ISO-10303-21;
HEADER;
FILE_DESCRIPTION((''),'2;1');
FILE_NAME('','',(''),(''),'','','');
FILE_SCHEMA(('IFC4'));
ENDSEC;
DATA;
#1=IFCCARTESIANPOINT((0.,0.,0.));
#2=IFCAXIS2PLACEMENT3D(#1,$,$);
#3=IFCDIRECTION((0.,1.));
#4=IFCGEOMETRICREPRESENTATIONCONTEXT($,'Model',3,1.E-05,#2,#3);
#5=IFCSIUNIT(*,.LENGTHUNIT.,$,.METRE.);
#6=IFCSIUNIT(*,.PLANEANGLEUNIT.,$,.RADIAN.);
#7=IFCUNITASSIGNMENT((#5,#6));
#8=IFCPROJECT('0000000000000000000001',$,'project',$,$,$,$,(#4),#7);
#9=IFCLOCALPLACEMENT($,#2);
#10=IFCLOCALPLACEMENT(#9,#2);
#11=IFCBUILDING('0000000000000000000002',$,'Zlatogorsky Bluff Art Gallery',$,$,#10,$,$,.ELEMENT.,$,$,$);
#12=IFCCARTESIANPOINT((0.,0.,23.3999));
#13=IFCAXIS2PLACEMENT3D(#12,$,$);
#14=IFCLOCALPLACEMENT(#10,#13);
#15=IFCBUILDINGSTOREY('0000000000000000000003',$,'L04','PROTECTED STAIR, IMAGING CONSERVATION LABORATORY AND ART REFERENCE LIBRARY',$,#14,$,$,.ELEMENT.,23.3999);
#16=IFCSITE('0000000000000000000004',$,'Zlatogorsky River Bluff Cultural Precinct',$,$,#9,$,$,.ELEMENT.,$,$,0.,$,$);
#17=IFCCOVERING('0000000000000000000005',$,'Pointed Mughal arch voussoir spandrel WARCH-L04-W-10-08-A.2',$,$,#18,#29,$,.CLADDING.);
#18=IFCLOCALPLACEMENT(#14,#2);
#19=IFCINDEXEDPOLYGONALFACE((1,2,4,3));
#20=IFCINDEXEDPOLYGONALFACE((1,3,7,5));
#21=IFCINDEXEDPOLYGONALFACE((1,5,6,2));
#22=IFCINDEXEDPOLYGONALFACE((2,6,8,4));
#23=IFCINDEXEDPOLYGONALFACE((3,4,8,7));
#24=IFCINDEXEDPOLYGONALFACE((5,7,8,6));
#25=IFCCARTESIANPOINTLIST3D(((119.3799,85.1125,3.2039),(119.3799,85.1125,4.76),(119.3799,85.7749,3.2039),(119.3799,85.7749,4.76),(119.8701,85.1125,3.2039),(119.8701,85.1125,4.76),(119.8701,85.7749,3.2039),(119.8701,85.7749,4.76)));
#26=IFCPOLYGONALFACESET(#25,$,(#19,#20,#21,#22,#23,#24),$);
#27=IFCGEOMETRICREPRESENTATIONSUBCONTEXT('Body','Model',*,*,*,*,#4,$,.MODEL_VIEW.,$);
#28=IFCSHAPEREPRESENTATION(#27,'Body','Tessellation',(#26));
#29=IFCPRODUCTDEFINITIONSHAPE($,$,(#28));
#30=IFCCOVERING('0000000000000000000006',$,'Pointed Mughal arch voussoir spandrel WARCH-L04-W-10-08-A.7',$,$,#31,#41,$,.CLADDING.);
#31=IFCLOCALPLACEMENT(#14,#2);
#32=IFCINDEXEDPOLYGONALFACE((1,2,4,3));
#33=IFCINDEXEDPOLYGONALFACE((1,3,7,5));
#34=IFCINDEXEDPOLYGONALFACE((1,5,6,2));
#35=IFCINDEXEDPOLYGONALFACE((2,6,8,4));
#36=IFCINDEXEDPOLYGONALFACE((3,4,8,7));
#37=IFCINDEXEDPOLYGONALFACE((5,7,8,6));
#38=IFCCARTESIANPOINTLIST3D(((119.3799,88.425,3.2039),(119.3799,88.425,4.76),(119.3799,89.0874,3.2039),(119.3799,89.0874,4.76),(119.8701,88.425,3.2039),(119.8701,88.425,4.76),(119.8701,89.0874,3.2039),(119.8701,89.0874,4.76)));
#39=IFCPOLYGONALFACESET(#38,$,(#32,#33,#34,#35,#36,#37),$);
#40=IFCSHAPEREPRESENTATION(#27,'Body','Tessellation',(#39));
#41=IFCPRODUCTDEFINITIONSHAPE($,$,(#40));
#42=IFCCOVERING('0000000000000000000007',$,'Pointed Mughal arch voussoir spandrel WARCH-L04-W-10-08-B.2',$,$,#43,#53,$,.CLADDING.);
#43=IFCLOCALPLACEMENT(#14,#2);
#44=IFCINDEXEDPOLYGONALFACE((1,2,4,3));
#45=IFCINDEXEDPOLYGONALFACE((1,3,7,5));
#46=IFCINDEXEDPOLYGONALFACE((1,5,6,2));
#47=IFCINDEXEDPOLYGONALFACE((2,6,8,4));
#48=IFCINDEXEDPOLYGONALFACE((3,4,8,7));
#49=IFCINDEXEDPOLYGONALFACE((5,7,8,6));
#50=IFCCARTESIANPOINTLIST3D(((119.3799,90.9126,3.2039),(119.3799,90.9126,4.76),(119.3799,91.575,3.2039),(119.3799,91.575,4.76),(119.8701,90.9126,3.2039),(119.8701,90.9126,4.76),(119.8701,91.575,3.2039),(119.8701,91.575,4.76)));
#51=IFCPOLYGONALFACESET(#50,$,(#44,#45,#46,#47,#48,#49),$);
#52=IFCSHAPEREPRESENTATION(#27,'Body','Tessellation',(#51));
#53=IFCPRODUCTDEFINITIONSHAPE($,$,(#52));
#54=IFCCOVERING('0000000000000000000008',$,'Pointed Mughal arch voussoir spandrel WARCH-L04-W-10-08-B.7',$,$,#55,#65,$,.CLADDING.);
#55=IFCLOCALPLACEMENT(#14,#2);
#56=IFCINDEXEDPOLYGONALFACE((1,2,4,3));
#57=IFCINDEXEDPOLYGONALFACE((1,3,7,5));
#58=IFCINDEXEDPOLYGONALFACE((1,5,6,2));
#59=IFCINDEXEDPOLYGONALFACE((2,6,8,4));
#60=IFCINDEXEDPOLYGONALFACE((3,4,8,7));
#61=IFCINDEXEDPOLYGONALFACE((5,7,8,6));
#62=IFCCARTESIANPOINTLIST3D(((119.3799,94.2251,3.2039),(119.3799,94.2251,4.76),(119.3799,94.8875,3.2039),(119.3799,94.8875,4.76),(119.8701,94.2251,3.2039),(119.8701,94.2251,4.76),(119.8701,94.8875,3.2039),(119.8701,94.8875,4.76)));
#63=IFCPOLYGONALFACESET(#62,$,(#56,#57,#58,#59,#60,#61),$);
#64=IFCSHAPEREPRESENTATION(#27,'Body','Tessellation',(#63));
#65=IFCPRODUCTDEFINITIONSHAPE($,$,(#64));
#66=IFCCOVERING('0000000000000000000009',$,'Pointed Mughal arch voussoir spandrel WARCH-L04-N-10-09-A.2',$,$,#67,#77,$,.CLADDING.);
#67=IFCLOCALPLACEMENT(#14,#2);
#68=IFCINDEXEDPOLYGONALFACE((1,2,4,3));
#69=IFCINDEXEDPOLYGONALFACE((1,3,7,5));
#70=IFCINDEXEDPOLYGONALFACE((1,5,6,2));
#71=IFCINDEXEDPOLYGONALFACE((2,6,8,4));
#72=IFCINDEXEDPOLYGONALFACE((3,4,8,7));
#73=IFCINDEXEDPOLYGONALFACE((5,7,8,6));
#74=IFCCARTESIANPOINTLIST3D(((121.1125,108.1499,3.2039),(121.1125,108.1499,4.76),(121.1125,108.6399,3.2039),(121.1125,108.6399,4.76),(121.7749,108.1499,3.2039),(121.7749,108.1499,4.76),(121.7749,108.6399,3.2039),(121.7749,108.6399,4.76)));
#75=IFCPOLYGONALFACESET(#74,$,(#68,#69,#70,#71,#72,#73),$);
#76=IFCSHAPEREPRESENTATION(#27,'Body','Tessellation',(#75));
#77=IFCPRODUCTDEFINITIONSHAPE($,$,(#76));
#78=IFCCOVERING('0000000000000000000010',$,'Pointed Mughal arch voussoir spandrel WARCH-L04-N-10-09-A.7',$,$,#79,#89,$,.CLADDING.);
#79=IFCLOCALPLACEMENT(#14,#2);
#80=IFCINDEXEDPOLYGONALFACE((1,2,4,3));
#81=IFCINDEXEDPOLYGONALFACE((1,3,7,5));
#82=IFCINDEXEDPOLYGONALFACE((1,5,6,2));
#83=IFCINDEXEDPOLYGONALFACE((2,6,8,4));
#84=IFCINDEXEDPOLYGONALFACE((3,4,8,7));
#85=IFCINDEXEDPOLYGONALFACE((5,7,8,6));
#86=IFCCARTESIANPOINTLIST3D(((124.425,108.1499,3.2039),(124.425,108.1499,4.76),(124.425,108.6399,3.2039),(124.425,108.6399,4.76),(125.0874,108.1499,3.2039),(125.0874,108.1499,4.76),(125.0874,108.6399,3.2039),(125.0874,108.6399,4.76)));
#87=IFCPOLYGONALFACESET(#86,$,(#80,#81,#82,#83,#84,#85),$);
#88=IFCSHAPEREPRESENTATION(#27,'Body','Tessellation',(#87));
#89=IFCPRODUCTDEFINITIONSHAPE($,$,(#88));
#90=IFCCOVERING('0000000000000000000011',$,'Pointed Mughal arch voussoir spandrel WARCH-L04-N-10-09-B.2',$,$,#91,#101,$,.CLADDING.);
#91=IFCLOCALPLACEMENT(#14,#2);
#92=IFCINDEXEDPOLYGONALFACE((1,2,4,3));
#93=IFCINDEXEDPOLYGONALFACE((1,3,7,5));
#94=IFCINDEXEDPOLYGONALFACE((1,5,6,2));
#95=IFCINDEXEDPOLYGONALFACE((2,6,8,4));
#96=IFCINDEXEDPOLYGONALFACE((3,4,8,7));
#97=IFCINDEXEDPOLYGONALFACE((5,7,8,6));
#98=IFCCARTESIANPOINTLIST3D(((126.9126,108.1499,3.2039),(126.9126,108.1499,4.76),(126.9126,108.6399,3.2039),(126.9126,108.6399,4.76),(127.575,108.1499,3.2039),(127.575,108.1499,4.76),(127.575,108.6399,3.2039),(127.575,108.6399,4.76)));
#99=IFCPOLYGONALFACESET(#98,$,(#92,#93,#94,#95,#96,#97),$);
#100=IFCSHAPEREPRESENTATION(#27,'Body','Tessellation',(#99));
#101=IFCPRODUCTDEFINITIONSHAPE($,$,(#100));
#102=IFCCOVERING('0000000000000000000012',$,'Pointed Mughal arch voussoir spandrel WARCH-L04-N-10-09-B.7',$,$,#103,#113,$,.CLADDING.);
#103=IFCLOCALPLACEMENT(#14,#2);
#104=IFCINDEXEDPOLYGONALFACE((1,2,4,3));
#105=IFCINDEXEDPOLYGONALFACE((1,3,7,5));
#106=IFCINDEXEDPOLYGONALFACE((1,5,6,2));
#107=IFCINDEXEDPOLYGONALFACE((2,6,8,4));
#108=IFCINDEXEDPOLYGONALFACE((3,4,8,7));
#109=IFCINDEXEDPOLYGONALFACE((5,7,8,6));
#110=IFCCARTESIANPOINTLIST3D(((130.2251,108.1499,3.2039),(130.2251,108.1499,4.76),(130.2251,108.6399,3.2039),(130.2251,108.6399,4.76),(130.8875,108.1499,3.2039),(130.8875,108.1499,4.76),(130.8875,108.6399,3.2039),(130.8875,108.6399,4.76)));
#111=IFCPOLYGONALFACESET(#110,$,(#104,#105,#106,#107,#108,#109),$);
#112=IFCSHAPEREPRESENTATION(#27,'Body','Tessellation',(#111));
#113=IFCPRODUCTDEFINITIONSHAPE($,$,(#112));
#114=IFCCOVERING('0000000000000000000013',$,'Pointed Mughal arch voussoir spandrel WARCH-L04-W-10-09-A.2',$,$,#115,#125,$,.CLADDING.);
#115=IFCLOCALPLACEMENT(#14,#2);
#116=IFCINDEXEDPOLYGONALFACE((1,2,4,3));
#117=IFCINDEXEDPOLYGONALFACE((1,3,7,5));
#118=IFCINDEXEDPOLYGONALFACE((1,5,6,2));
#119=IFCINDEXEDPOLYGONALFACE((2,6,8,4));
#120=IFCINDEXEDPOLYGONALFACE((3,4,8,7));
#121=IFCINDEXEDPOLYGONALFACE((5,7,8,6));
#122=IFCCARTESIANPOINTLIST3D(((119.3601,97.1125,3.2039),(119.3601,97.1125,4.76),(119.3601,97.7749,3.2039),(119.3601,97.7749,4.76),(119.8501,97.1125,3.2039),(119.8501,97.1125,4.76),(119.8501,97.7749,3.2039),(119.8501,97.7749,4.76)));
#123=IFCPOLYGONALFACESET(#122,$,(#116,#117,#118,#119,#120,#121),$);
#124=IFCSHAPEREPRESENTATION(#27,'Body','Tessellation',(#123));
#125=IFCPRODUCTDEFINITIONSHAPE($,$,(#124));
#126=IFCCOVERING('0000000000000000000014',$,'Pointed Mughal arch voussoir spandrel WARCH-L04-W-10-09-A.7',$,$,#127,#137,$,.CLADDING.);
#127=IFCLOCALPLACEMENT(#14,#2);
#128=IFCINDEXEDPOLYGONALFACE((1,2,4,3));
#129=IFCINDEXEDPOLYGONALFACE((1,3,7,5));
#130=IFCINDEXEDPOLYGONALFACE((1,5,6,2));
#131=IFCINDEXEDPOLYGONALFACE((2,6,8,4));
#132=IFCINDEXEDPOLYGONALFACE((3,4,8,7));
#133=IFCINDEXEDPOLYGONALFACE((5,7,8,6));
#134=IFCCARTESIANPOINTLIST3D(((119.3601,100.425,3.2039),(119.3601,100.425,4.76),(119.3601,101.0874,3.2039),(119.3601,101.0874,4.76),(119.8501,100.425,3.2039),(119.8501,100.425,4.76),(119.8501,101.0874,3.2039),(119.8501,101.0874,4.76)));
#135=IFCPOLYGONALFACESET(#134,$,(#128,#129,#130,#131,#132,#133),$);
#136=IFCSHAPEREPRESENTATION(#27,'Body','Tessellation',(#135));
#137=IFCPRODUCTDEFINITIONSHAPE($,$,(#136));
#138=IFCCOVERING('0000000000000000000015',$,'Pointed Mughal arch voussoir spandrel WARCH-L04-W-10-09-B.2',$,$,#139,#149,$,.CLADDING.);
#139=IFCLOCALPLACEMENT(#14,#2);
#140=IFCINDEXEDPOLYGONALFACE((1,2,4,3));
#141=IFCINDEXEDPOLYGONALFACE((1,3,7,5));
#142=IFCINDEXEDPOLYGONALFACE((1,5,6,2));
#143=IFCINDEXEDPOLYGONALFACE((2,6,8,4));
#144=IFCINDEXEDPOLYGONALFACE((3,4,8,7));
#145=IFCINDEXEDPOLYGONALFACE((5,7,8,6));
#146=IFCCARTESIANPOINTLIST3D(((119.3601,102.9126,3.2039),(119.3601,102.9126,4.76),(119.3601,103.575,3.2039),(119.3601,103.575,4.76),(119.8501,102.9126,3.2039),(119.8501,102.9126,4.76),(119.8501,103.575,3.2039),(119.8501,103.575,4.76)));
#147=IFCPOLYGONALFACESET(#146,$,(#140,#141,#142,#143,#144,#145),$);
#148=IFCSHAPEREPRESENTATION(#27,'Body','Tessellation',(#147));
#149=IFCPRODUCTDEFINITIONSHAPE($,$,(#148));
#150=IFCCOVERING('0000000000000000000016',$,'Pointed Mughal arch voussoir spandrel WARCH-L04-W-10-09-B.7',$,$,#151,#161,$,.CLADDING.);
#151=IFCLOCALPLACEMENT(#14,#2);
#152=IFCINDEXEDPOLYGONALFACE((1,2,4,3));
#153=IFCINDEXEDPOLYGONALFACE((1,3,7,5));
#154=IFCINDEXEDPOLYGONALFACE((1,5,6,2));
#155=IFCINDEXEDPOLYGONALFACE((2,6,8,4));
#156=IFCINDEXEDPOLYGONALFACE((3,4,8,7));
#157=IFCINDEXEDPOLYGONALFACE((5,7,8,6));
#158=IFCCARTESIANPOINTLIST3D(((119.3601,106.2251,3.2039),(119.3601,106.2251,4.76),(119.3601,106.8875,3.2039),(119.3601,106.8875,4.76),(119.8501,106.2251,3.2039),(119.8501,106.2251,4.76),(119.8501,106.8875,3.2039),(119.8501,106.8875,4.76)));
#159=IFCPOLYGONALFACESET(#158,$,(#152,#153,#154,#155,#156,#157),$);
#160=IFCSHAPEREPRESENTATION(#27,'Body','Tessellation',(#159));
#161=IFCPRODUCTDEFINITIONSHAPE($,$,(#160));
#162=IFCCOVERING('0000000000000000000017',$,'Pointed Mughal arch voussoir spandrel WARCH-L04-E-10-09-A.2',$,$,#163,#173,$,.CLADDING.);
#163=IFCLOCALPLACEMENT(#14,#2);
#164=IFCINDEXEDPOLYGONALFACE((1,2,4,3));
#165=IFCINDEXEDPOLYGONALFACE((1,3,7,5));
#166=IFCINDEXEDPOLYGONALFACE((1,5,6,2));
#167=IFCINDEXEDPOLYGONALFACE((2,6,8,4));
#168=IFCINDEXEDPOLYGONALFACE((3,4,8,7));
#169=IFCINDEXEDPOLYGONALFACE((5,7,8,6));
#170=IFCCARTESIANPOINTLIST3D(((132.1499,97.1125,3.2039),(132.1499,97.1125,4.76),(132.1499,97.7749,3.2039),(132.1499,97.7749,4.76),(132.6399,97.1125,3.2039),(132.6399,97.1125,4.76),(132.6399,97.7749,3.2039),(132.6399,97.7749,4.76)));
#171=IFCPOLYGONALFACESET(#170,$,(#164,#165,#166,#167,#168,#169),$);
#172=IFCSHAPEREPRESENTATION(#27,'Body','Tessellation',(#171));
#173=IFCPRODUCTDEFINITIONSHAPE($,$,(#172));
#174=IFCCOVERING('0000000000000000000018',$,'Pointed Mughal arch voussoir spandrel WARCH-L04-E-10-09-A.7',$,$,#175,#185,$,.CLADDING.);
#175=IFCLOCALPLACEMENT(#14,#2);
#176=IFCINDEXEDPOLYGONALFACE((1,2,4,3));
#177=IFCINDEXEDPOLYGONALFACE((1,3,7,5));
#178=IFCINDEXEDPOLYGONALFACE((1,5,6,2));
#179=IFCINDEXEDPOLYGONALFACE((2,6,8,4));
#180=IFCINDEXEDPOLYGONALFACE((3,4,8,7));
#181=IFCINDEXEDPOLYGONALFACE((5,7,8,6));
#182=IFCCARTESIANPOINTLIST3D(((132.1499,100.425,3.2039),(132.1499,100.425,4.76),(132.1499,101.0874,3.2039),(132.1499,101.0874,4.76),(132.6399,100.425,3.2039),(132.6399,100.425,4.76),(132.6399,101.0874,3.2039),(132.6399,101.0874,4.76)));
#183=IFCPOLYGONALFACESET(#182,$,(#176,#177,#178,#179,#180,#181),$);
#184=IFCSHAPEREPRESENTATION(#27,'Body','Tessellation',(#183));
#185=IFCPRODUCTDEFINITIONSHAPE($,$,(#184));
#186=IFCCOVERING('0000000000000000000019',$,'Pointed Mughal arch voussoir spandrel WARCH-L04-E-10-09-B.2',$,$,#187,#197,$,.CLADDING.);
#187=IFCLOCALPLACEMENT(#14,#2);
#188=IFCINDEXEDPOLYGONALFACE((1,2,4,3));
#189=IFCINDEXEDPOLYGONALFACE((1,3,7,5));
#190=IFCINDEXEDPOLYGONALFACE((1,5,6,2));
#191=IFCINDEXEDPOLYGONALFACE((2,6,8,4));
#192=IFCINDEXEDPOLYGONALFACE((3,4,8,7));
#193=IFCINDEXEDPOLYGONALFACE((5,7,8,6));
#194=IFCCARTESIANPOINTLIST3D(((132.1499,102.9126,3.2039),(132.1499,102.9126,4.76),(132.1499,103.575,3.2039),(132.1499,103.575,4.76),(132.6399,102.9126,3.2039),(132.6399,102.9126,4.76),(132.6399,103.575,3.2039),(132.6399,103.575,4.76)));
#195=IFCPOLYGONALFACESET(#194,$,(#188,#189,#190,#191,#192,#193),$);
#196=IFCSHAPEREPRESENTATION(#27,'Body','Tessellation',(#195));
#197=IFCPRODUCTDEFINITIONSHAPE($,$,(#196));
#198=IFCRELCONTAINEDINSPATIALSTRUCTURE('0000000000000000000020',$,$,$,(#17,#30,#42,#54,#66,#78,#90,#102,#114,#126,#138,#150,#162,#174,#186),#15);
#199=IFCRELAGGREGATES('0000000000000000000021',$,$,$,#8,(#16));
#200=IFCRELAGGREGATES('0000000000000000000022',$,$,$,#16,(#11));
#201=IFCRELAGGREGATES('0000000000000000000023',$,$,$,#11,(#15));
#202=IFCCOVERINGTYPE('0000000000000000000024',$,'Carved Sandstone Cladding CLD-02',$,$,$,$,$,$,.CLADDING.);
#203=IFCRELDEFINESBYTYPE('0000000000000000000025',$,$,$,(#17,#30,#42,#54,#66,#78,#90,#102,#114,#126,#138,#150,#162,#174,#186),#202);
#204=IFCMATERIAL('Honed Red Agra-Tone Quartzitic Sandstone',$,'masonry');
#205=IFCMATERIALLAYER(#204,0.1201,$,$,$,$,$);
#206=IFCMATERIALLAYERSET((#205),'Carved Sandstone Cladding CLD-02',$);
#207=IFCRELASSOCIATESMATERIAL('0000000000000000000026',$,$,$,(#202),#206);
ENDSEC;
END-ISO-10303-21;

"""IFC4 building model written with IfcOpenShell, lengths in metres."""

from ifc_helpers import new_model, si_unit, direction, frame, origin, place, context, subcontext, project, spatial, polyline, outline, extrude, material, layer, layer_set, type_object, element, save


model = new_model("IFC4")

# Units and contexts
model_context = context("Model", 3, precision=1e-05, world=origin(), true_north=direction((0.0, 1.0)))
body_context = subcontext(model_context, "Body", "Model", "MODEL_VIEW")
ifc_project = project(units=[si_unit("LENGTHUNIT", "METRE"), si_unit("PLANEANGLEUNIT", "RADIAN")], contexts=[model_context])

# Site, building, storey
site_placement = place(None, origin())
site = spatial("IfcSite", under=ifc_project, at=site_placement, Name="Zlatogorsky River Bluff Cultural Precinct", CompositionType="ELEMENT", RefElevation=0.0)
building_placement = place(site_placement, origin())
building = spatial("IfcBuilding", under=site, at=building_placement, Name="Zlatogorsky Bluff Art Gallery", CompositionType="ELEMENT")
storey_placement = place(building_placement, frame((0.0, 0.0, 23.3999)))
storey = spatial("IfcBuildingStorey", under=building, at=storey_placement, Name="L04", Description="PROTECTED STAIR, IMAGING CONSERVATION LABORATORY AND ART REFERENCE LIBRARY", CompositionType="ELEMENT", Elevation=23.3999)

# Coverings
ifc_material = material(Name="Honed Red Agra-Tone Quartzitic Sandstone", Category="masonry")
ifc_layer = layer(ifc_material, 0.1201)
ifc_layer_set = layer_set([ifc_layer], Name="Carved Sandstone Cladding CLD-02")
covering_type = type_object("IfcCoveringType", Name="Carved Sandstone Cladding CLD-02", PredefinedType="CLADDING", material=ifc_layer_set)
covering_1_placement = place(storey_placement, frame((0.0, 0.0, 3.2039)))
element("IfcCovering", 1, at=covering_1_placement, inside=storey, type_object=covering_type, Name="Pointed Mughal arch voussoir spandrel WARCH-L04-W-10-08-A.2", PredefinedType="CLADDING", context=body_context, shape_type="SweptSolid", body=[
    extrude(outline(polyline([(119.3799, 85.1125), (119.3799, 85.7749), (119.8701, 85.7749), (119.8701, 85.1125), (119.3799, 85.1125)])), origin(), (0.0, 0.0, 1.0), 1.5562),
])
covering_2_placement = place(storey_placement, frame((0.0, 0.0, 3.2039)))
element("IfcCovering", 2, at=covering_2_placement, inside=storey, type_object=covering_type, Name="Pointed Mughal arch voussoir spandrel WARCH-L04-W-10-08-A.7", PredefinedType="CLADDING", context=body_context, shape_type="SweptSolid", body=[
    extrude(outline(polyline([(119.3799, 88.425), (119.3799, 89.0874), (119.8701, 89.0874), (119.8701, 88.425), (119.3799, 88.425)])), origin(), (0.0, 0.0, 1.0), 1.5562),
])
covering_3_placement = place(storey_placement, frame((0.0, 0.0, 3.2039)))
element("IfcCovering", 3, at=covering_3_placement, inside=storey, type_object=covering_type, Name="Pointed Mughal arch voussoir spandrel WARCH-L04-W-10-08-B.2", PredefinedType="CLADDING", context=body_context, shape_type="SweptSolid", body=[
    extrude(outline(polyline([(119.3799, 90.9126), (119.3799, 91.575), (119.8701, 91.575), (119.8701, 90.9126), (119.3799, 90.9126)])), origin(), (0.0, 0.0, 1.0), 1.5562),
])
covering_4_placement = place(storey_placement, frame((0.0, 0.0, 3.2039)))
element("IfcCovering", 4, at=covering_4_placement, inside=storey, type_object=covering_type, Name="Pointed Mughal arch voussoir spandrel WARCH-L04-W-10-08-B.7", PredefinedType="CLADDING", context=body_context, shape_type="SweptSolid", body=[
    extrude(outline(polyline([(119.3799, 94.2251), (119.3799, 94.8875), (119.8701, 94.8875), (119.8701, 94.2251), (119.3799, 94.2251)])), origin(), (0.0, 0.0, 1.0), 1.5562),
])
covering_5_placement = place(storey_placement, frame((0.0, 0.0, 3.2039)))
element("IfcCovering", 5, at=covering_5_placement, inside=storey, type_object=covering_type, Name="Pointed Mughal arch voussoir spandrel WARCH-L04-N-10-09-A.2", PredefinedType="CLADDING", context=body_context, shape_type="SweptSolid", body=[
    extrude(outline(polyline([(121.1125, 108.1499), (121.7749, 108.1499), (121.7749, 108.6399), (121.1125, 108.6399), (121.1125, 108.1499)])), origin(), (0.0, 0.0, 1.0), 1.5562),
])
covering_6_placement = place(storey_placement, frame((0.0, 0.0, 3.2039)))
element("IfcCovering", 6, at=covering_6_placement, inside=storey, type_object=covering_type, Name="Pointed Mughal arch voussoir spandrel WARCH-L04-N-10-09-A.7", PredefinedType="CLADDING", context=body_context, shape_type="SweptSolid", body=[
    extrude(outline(polyline([(124.425, 108.1499), (125.0874, 108.1499), (125.0874, 108.6399), (124.425, 108.6399), (124.425, 108.1499)])), origin(), (0.0, 0.0, 1.0), 1.5562),
])
covering_7_placement = place(storey_placement, frame((0.0, 0.0, 3.2039)))
element("IfcCovering", 7, at=covering_7_placement, inside=storey, type_object=covering_type, Name="Pointed Mughal arch voussoir spandrel WARCH-L04-N-10-09-B.2", PredefinedType="CLADDING", context=body_context, shape_type="SweptSolid", body=[
    extrude(outline(polyline([(126.9126, 108.1499), (127.575, 108.1499), (127.575, 108.6399), (126.9126, 108.6399), (126.9126, 108.1499)])), origin(), (0.0, 0.0, 1.0), 1.5562),
])
covering_8_placement = place(storey_placement, frame((0.0, 0.0, 3.2039)))
element("IfcCovering", 8, at=covering_8_placement, inside=storey, type_object=covering_type, Name="Pointed Mughal arch voussoir spandrel WARCH-L04-N-10-09-B.7", PredefinedType="CLADDING", context=body_context, shape_type="SweptSolid", body=[
    extrude(outline(polyline([(130.2251, 108.1499), (130.8875, 108.1499), (130.8875, 108.6399), (130.2251, 108.6399), (130.2251, 108.1499)])), origin(), (0.0, 0.0, 1.0), 1.5562),
])
covering_9_placement = place(storey_placement, frame((0.0, 0.0, 3.2039)))
element("IfcCovering", 9, at=covering_9_placement, inside=storey, type_object=covering_type, Name="Pointed Mughal arch voussoir spandrel WARCH-L04-W-10-09-A.2", PredefinedType="CLADDING", context=body_context, shape_type="SweptSolid", body=[
    extrude(outline(polyline([(119.3601, 97.1125), (119.3601, 97.7749), (119.8501, 97.7749), (119.8501, 97.1125), (119.3601, 97.1125)])), origin(), (0.0, 0.0, 1.0), 1.5562),
])
covering_10_placement = place(storey_placement, frame((0.0, 0.0, 3.2039)))
element("IfcCovering", 10, at=covering_10_placement, inside=storey, type_object=covering_type, Name="Pointed Mughal arch voussoir spandrel WARCH-L04-W-10-09-A.7", PredefinedType="CLADDING", context=body_context, shape_type="SweptSolid", body=[
    extrude(outline(polyline([(119.3601, 100.425), (119.3601, 101.0874), (119.8501, 101.0874), (119.8501, 100.425), (119.3601, 100.425)])), origin(), (0.0, 0.0, 1.0), 1.5562),
])
covering_11_placement = place(storey_placement, frame((0.0, 0.0, 3.2039)))
element("IfcCovering", 11, at=covering_11_placement, inside=storey, type_object=covering_type, Name="Pointed Mughal arch voussoir spandrel WARCH-L04-W-10-09-B.2", PredefinedType="CLADDING", context=body_context, shape_type="SweptSolid", body=[
    extrude(outline(polyline([(119.3601, 102.9126), (119.3601, 103.575), (119.8501, 103.575), (119.8501, 102.9126), (119.3601, 102.9126)])), origin(), (0.0, 0.0, 1.0), 1.5562),
])
covering_12_placement = place(storey_placement, frame((0.0, 0.0, 3.2039)))
element("IfcCovering", 12, at=covering_12_placement, inside=storey, type_object=covering_type, Name="Pointed Mughal arch voussoir spandrel WARCH-L04-W-10-09-B.7", PredefinedType="CLADDING", context=body_context, shape_type="SweptSolid", body=[
    extrude(outline(polyline([(119.3601, 106.2251), (119.3601, 106.8875), (119.8501, 106.8875), (119.8501, 106.2251), (119.3601, 106.2251)])), origin(), (0.0, 0.0, 1.0), 1.5562),
])
covering_13_placement = place(storey_placement, frame((0.0, 0.0, 3.2039)))
element("IfcCovering", 13, at=covering_13_placement, inside=storey, type_object=covering_type, Name="Pointed Mughal arch voussoir spandrel WARCH-L04-E-10-09-A.2", PredefinedType="CLADDING", context=body_context, shape_type="SweptSolid", body=[
    extrude(outline(polyline([(132.1499, 97.1125), (132.1499, 97.7749), (132.6399, 97.7749), (132.6399, 97.1125), (132.1499, 97.1125)])), origin(), (0.0, 0.0, 1.0), 1.5562),
])
covering_14_placement = place(storey_placement, frame((0.0, 0.0, 3.2039)))
element("IfcCovering", 14, at=covering_14_placement, inside=storey, type_object=covering_type, Name="Pointed Mughal arch voussoir spandrel WARCH-L04-E-10-09-A.7", PredefinedType="CLADDING", context=body_context, shape_type="SweptSolid", body=[
    extrude(outline(polyline([(132.1499, 100.425), (132.1499, 101.0874), (132.6399, 101.0874), (132.6399, 100.425), (132.1499, 100.425)])), origin(), (0.0, 0.0, 1.0), 1.5562),
])
covering_15_placement = place(storey_placement, frame((0.0, 0.0, 3.2039)))
element("IfcCovering", 15, at=covering_15_placement, inside=storey, type_object=covering_type, Name="Pointed Mughal arch voussoir spandrel WARCH-L04-E-10-09-B.2", PredefinedType="CLADDING", context=body_context, shape_type="SweptSolid", body=[
    extrude(outline(polyline([(132.1499, 102.9126), (132.1499, 103.575), (132.6399, 103.575), (132.6399, 102.9126), (132.1499, 102.9126)])), origin(), (0.0, 0.0, 1.0), 1.5562),
])

save(model, "model.ifc")
